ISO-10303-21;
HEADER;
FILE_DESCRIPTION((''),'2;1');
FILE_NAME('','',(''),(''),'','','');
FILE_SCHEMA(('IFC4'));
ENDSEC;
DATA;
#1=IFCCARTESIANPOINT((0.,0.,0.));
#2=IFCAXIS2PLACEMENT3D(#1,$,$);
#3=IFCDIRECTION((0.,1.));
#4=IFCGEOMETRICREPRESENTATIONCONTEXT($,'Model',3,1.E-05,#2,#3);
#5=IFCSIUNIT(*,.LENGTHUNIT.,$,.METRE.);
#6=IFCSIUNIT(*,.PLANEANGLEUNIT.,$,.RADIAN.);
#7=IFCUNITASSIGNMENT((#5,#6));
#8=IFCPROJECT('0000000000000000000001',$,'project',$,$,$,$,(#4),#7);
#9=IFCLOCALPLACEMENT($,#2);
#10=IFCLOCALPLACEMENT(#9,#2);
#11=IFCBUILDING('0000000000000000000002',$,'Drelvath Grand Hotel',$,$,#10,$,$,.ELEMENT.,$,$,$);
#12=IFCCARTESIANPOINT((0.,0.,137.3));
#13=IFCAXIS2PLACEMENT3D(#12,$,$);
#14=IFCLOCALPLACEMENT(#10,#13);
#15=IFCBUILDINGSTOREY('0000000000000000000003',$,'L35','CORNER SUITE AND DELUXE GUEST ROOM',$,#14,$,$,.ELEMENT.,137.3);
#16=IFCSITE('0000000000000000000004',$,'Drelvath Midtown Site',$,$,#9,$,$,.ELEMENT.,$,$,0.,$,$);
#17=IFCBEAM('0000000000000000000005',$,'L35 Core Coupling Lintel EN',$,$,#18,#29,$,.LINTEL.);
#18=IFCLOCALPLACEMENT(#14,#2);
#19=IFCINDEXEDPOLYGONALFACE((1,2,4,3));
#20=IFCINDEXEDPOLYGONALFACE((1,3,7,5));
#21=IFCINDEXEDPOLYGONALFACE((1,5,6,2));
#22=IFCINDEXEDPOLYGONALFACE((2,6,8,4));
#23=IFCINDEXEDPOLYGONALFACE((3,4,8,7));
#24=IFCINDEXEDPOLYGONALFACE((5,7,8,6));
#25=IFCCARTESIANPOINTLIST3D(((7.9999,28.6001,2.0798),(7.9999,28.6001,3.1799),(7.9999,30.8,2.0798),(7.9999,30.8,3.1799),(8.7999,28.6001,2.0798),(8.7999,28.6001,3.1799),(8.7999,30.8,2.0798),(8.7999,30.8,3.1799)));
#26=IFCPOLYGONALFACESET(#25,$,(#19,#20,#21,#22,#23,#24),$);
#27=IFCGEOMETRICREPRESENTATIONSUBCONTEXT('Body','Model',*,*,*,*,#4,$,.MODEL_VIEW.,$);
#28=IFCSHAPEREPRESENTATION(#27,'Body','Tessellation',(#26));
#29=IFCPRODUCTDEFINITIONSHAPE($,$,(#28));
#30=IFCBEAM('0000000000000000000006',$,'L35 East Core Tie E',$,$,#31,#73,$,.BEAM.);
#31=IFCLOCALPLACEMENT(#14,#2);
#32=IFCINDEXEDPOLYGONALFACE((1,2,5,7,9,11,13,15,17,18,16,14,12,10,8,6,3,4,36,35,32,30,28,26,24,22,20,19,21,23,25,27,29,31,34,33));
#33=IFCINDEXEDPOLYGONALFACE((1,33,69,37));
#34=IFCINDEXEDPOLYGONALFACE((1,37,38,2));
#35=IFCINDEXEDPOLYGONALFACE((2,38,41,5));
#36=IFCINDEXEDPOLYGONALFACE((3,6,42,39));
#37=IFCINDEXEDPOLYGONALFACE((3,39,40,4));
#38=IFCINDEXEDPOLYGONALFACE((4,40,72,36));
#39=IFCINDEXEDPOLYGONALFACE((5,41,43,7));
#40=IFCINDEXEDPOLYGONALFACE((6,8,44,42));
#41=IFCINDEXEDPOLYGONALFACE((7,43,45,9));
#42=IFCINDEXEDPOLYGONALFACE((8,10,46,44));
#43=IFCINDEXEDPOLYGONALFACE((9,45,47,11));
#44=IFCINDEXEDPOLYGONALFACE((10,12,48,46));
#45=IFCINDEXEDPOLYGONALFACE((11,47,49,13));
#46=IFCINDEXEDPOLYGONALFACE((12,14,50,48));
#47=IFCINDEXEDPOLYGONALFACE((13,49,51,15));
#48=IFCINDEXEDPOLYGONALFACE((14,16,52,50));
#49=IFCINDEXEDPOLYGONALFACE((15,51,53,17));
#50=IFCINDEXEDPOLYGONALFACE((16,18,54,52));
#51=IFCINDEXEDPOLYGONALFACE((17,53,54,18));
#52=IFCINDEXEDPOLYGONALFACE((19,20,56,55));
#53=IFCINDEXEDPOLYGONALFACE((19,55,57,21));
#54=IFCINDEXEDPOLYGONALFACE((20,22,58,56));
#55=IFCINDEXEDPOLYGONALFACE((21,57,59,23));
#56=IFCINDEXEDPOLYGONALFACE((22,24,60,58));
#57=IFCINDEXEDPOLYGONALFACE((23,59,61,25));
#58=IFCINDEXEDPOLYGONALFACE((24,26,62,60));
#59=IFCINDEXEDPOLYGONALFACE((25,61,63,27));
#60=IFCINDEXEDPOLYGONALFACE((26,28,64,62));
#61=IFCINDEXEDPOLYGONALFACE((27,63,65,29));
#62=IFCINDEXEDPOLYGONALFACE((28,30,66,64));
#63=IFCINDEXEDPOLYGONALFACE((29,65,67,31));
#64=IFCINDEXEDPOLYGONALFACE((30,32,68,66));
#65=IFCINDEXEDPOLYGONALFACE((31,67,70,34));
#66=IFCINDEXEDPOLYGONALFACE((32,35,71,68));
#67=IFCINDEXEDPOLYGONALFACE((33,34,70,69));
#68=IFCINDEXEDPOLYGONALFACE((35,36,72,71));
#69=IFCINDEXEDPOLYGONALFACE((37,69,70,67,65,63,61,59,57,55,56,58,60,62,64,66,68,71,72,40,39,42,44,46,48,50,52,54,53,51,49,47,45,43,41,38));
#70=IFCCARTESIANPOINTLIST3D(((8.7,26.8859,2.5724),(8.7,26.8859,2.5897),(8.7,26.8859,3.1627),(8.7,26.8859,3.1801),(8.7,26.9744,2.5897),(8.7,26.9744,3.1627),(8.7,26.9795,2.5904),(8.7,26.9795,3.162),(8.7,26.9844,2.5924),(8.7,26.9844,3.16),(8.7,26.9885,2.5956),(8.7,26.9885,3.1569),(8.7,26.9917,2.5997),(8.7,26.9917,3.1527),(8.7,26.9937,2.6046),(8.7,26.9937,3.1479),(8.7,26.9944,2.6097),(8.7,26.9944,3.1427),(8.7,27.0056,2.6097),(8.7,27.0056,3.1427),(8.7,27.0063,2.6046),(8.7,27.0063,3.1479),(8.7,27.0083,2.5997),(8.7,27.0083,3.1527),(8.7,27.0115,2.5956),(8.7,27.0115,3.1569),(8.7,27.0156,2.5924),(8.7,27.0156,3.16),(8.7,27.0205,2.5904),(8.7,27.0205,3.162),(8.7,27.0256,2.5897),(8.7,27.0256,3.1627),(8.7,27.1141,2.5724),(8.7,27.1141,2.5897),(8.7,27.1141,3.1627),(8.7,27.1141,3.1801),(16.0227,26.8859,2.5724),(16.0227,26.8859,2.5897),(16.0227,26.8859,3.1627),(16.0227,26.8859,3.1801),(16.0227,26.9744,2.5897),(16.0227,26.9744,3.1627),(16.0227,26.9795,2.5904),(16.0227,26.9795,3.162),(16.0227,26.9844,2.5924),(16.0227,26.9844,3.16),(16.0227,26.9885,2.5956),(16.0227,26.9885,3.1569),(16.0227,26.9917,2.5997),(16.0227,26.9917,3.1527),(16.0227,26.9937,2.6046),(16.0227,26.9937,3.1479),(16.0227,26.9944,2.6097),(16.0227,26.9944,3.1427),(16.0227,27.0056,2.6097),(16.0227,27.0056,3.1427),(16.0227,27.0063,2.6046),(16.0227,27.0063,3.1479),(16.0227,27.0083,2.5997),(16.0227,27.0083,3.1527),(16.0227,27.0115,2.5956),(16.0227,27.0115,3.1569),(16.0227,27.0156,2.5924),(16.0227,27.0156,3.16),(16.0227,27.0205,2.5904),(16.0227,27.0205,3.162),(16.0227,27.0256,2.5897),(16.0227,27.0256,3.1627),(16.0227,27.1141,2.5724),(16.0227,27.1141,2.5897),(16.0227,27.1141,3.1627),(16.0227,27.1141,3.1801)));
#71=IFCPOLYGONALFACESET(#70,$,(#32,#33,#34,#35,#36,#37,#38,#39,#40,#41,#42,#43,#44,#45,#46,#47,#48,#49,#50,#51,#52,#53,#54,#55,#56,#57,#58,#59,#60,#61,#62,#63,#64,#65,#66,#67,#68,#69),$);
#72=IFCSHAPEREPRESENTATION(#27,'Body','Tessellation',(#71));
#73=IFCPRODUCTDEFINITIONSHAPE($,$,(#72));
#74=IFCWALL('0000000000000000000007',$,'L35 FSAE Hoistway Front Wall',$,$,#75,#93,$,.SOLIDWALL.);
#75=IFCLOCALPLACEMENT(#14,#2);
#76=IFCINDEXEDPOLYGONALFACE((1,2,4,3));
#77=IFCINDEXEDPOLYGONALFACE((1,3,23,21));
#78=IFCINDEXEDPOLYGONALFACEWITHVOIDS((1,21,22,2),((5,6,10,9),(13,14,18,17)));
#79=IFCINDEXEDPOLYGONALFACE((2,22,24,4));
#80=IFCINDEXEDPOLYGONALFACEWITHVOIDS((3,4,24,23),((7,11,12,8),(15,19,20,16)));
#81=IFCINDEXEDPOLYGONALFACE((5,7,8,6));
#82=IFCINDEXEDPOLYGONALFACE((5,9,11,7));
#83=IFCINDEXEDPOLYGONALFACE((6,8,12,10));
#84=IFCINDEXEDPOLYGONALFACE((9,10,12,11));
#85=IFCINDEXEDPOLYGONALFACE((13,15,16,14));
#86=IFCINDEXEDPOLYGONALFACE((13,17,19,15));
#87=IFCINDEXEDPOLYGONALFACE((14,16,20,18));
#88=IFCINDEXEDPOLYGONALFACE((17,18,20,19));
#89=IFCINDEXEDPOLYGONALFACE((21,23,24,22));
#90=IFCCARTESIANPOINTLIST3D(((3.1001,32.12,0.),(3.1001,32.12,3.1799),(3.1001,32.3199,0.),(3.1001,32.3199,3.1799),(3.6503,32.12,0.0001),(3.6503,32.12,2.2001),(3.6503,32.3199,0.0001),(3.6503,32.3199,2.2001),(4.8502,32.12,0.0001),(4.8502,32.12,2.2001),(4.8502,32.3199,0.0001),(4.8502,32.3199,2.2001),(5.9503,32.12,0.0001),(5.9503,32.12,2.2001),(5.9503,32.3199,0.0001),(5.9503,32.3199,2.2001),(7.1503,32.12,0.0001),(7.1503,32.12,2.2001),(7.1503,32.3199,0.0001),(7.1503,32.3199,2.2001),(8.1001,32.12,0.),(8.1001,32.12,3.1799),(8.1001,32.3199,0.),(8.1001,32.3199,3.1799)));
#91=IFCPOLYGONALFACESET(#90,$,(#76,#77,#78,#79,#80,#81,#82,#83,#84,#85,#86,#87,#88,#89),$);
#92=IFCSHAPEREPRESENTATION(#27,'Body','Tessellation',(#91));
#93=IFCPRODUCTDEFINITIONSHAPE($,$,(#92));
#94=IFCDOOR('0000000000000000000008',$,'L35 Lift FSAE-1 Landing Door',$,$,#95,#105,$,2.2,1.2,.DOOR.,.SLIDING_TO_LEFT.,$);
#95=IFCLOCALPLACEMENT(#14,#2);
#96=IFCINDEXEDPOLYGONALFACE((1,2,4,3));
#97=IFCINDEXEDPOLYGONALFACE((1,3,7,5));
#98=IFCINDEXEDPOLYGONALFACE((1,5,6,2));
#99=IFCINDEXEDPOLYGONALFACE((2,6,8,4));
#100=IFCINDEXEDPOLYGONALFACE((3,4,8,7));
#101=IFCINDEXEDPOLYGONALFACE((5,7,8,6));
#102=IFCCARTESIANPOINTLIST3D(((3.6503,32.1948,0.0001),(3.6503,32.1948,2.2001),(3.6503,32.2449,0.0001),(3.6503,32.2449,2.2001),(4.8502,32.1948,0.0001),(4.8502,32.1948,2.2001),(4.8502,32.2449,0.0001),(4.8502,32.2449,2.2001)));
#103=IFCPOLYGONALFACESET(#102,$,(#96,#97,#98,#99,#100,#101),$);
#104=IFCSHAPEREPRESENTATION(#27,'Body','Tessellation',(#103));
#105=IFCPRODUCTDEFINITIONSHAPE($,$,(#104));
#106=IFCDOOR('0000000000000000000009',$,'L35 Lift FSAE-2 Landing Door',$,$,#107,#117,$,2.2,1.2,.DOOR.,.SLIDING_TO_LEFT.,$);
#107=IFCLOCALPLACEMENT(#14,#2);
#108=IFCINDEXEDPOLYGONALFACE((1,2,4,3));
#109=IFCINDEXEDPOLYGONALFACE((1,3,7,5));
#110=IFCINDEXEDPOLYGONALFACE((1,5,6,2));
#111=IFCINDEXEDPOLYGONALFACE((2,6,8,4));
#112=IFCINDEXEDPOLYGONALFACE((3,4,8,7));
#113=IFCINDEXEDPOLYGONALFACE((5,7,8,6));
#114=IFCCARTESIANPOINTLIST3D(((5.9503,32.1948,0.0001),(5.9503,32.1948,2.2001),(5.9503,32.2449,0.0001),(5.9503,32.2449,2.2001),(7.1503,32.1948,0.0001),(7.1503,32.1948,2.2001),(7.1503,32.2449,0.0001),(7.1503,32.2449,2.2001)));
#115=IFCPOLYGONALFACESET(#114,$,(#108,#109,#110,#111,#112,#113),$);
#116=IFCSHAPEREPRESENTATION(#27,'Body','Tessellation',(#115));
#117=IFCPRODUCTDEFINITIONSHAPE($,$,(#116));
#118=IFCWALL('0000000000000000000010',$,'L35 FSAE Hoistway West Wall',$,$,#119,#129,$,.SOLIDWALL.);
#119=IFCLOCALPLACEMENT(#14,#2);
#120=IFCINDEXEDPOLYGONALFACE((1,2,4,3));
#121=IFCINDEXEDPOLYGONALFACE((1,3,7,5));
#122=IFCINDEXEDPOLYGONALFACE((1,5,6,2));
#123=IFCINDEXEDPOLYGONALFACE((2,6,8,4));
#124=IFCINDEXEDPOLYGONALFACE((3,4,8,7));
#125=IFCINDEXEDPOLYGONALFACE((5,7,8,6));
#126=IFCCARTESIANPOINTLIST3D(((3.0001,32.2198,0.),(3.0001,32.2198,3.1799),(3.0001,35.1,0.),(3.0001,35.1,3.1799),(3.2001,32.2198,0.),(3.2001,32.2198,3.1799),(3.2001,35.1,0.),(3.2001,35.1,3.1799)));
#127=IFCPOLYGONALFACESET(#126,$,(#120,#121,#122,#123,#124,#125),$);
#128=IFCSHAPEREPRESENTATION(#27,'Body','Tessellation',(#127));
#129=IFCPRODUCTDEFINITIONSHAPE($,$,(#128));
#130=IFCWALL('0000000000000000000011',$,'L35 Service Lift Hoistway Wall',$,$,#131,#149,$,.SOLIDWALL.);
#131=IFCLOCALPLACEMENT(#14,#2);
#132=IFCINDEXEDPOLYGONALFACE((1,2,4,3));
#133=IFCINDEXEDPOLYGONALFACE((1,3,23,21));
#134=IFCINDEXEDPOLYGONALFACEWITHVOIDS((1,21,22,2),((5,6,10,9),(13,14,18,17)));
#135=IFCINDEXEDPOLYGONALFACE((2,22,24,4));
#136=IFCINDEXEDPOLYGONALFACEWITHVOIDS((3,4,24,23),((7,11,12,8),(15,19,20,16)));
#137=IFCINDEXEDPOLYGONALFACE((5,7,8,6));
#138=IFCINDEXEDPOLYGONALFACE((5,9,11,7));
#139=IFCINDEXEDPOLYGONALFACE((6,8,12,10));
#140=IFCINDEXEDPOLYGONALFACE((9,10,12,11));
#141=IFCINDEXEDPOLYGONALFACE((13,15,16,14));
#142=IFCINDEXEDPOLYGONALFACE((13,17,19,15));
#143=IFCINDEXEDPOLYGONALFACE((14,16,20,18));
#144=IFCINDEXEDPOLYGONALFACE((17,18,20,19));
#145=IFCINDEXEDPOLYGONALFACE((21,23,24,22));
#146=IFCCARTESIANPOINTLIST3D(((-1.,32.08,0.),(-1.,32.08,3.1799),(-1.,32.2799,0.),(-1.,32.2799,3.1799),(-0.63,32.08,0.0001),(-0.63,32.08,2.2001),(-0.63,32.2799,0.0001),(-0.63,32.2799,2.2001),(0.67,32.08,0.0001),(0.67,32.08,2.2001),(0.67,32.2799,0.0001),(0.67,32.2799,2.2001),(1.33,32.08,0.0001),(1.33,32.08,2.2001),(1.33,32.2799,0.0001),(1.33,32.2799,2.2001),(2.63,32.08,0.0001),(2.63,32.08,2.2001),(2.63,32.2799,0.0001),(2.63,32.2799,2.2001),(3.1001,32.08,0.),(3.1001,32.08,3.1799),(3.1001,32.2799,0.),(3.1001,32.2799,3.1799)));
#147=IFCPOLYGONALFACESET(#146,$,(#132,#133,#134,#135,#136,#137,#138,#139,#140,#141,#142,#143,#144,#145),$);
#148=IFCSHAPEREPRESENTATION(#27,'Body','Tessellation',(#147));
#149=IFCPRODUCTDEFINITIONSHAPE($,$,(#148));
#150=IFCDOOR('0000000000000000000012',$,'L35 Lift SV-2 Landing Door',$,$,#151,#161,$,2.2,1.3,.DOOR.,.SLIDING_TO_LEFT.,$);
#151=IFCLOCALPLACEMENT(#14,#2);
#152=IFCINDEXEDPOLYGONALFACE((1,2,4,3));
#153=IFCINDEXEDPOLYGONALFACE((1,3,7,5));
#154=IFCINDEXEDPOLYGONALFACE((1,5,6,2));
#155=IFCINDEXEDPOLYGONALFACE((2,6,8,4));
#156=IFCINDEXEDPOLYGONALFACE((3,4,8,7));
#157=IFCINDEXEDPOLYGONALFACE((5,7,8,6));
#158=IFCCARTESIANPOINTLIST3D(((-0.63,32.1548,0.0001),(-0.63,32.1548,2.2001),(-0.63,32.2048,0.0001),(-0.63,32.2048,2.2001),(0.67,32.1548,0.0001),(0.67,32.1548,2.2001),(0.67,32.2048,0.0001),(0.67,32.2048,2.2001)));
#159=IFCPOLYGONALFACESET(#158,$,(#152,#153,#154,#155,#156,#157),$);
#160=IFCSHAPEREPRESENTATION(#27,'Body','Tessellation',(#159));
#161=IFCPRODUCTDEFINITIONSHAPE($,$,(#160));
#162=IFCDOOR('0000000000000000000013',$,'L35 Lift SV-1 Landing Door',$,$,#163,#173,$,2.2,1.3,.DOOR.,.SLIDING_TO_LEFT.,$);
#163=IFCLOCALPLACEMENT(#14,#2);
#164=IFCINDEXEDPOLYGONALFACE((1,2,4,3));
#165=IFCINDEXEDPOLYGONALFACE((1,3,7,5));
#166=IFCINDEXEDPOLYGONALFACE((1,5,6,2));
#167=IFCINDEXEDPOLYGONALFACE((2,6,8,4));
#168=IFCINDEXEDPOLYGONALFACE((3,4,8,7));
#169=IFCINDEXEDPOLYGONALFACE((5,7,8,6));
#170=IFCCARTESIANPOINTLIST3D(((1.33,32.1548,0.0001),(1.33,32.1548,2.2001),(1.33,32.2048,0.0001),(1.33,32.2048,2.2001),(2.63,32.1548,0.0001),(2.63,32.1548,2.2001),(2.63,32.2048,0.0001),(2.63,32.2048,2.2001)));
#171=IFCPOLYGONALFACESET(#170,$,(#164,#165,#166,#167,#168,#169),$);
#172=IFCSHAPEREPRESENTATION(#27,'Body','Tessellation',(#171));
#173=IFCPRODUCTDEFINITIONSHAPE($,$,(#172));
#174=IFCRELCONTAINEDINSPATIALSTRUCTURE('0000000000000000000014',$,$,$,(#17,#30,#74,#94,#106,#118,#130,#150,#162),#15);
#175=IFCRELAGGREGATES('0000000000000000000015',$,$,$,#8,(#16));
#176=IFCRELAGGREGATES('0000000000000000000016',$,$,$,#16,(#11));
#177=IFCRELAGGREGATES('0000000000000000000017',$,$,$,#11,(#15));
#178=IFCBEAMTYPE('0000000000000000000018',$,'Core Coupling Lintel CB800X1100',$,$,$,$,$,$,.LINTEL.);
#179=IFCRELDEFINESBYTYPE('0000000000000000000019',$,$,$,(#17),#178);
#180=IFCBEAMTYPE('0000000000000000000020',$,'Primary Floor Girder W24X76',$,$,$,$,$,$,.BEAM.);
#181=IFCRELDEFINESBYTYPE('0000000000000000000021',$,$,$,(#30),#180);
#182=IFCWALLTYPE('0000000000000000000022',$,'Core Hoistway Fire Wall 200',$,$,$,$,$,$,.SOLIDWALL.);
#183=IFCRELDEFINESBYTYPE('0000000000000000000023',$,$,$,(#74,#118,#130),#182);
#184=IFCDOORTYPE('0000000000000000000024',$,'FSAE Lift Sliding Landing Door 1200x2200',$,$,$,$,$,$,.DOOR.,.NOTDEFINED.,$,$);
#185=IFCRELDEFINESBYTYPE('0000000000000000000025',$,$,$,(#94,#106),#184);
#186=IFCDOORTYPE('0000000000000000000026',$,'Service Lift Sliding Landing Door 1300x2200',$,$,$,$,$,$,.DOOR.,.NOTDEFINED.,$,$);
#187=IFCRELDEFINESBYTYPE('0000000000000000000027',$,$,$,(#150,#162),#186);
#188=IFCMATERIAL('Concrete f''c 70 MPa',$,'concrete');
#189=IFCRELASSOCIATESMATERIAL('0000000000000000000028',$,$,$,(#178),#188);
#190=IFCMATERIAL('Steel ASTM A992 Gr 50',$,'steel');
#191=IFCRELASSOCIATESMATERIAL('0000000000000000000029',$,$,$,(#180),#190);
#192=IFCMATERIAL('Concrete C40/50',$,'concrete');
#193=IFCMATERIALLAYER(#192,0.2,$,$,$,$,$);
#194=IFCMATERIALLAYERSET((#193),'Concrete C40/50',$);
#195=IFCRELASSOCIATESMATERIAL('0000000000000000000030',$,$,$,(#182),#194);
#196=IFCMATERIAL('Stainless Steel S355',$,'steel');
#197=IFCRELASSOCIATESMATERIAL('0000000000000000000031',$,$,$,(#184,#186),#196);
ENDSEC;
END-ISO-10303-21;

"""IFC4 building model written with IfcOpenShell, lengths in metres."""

from ifc_helpers import new_model, si_unit, direction, frame, frame_2d, origin, origin_2d, place, context, subcontext, project, spatial, rectangle, i_section, extrude, material, layer, layer_set, material_profile, profile_set, type_object, element, fill, save


model = new_model("IFC4")

# Units and contexts
model_context = context("Model", 3, precision=1e-05, world=origin(), true_north=direction((0.0, 1.0)))
body_context = subcontext(model_context, "Body", "Model", "MODEL_VIEW")
ifc_project = project(units=[si_unit("LENGTHUNIT", "METRE"), si_unit("PLANEANGLEUNIT", "RADIAN")], contexts=[model_context])

# Site, building, storey
site_placement = place(None, origin())
site = spatial("IfcSite", under=ifc_project, at=site_placement, Name="Drelvath Midtown Site", CompositionType="ELEMENT", RefElevation=0.0)
building_placement = place(site_placement, origin())
building = spatial("IfcBuilding", under=site, at=building_placement, Name="Drelvath Grand Hotel", CompositionType="ELEMENT")
storey_placement = place(building_placement, frame((0.0, 0.0, 137.3)))
storey = spatial("IfcBuildingStorey", under=building, at=storey_placement, Name="L35", Description="CORNER SUITE AND DELUXE GUEST ROOM", CompositionType="ELEMENT", Elevation=137.3)

# Beams
ifc_material_1 = material(Name="Concrete f'c 70 MPa", Category="concrete")
ifc_material_profile_1 = material_profile(ifc_material_1, rectangle(XDim=0.8, YDim=1.1001, at=origin_2d()), Name="CB800X1100")
ifc_profile_set_1 = profile_set([ifc_material_profile_1], Name="Concrete f'c 70 MPa")
beam_type_1 = type_object("IfcBeamType", Name="Core Coupling Lintel CB800X1100", PredefinedType="LINTEL", material=ifc_profile_set_1)
beam_1_placement = place(storey_placement, frame((8.3999, 28.6001, 2.6299), z_axis=(0.0, 1.0, 0.0), x_axis=(-1.0, 0.0, 0.0)))
element("IfcBeam", 1, at=beam_1_placement, inside=storey, type_object=beam_type_1, Name="L35 Core Coupling Lintel EN", PredefinedType="LINTEL", context=body_context, shape_type="SweptSolid", body=[
    extrude(rectangle(XDim=0.8, YDim=1.1001, at=origin_2d()), origin(), (0.0, 0.0, 1.0), 2.2),
])
ifc_material_2 = material(Name="Steel ASTM A992 Gr 50", Category="steel")
ifc_material_profile_2 = material_profile(ifc_material_2, i_section(OverallWidth=0.2283, OverallDepth=0.6077, WebThickness=0.0112, FlangeThickness=0.0173, FilletRadius=0.02, at=origin_2d()), Name="W24X76")
ifc_profile_set_2 = profile_set([ifc_material_profile_2], Name="Steel ASTM A992 Gr 50")
beam_type_2 = type_object("IfcBeamType", Name="Primary Floor Girder W24X76", PredefinedType="BEAM", material=ifc_profile_set_2)
beam_2_placement = place(storey_placement, frame((8.7, 27.0, 2.8762), z_axis=(1.0, 0.0, 0.0), x_axis=(0.0, 1.0, 0.0)))
element("IfcBeam", 2, at=beam_2_placement, inside=storey, type_object=beam_type_2, Name="L35 East Core Tie E", PredefinedType="BEAM", context=body_context, shape_type="SweptSolid", body=[
    extrude(i_section(OverallWidth=0.2283, OverallDepth=0.6077, WebThickness=0.0112, FlangeThickness=0.0173, FilletRadius=0.02, at=origin_2d()), origin(), (0.0, 0.0, 1.0), 7.3228),
])

# Wall, openings, doors
ifc_material_3 = material(Name="Concrete C40/50", Category="concrete")
ifc_layer_1 = layer(ifc_material_3, 0.2)
ifc_layer_set_1 = layer_set([ifc_layer_1], Name="Concrete C40/50")
wall_type_1 = type_object("IfcWallType", Name="Core Hoistway Fire Wall 200", PredefinedType="SOLIDWALL", material=ifc_layer_set_1)
wall_1_placement = place(storey_placement, frame((3.1001, 32.22, 0.0), z_axis=(0.0, 0.0, 1.0), x_axis=(1.0, 0.0, 0.0)))
wall_1 = element("IfcWall", 3, at=wall_1_placement, inside=storey, type_object=wall_type_1, Name="L35 FSAE Hoistway Front Wall", PredefinedType="SOLIDWALL", context=body_context, shape_type="SweptSolid", body=[
    extrude(rectangle(XDim=5.0, YDim=0.2, at=frame_2d((2.5, 0.0))), origin(), (0.0, 0.0, 1.0), 3.1799),
])
opening_1_placement = place(wall_1_placement, frame((0.55, 0.0, 0.0)))
opening_1 = element("IfcOpeningElement", 4, at=opening_1_placement, cuts=wall_1, PredefinedType="OPENING", context=body_context, shape_type="SweptSolid", body=[
    extrude(rectangle(XDim=1.2, YDim=2.2, at=frame_2d((0.6001, 1.1001))), frame((0.0, 0.1099, 0.0), z_axis=(0.0, -1.0, 0.0), x_axis=(1.0, 0.0, 0.0)), (0.0, 0.0, 1.0), 0.22),
])
opening_2_placement = place(wall_1_placement, frame((2.8501, 0.0, 0.0)))
opening_2 = element("IfcOpeningElement", 5, at=opening_2_placement, cuts=wall_1, PredefinedType="OPENING", context=body_context, shape_type="SweptSolid", body=[
    extrude(rectangle(XDim=1.2, YDim=2.2, at=frame_2d((0.6001, 1.1001))), frame((0.0, 0.1099, 0.0), z_axis=(0.0, -1.0, 0.0), x_axis=(1.0, 0.0, 0.0)), (0.0, 0.0, 1.0), 0.22),
])
ifc_material_4 = material(Name="Stainless Steel S355", Category="steel")
door_type_1 = type_object("IfcDoorType", Name="FSAE Lift Sliding Landing Door 1200x2200", OperationType="NOTDEFINED", PredefinedType="DOOR", material=ifc_material_4)
door_1_placement = place(opening_1_placement, origin())
door_1 = element("IfcDoor", 6, at=door_1_placement, inside=storey, type_object=door_type_1, Name="L35 Lift FSAE-1 Landing Door", OperationType="SLIDING_TO_LEFT", OverallHeight=2.2, OverallWidth=1.2, PredefinedType="DOOR", context=body_context, shape_type="SweptSolid", body=[
    extrude(rectangle(XDim=1.2, YDim=2.2, at=frame_2d((0.6001, 1.1001))), frame((0.0, 0.0249, 0.0), z_axis=(0.0, -1.0, 0.0), x_axis=(1.0, 0.0, 0.0)), (0.0, 0.0, 1.0), 0.05),
])
fill(opening_1, door_1)
door_2_placement = place(opening_2_placement, origin())
door_2 = element("IfcDoor", 7, at=door_2_placement, inside=storey, type_object=door_type_1, Name="L35 Lift FSAE-2 Landing Door", OperationType="SLIDING_TO_LEFT", OverallHeight=2.2, OverallWidth=1.2, PredefinedType="DOOR", context=body_context, shape_type="SweptSolid", body=[
    extrude(rectangle(XDim=1.2, YDim=2.2, at=frame_2d((0.6001, 1.1001))), frame((0.0, 0.0249, 0.0), z_axis=(0.0, -1.0, 0.0), x_axis=(1.0, 0.0, 0.0)), (0.0, 0.0, 1.0), 0.05),
])
fill(opening_2, door_2)

# Wall
wall_2_placement = place(storey_placement, frame((3.1001, 32.22, 0.0), z_axis=(0.0, 0.0, 1.0), x_axis=(0.0, 1.0, 0.0)))
element("IfcWall", 8, at=wall_2_placement, inside=storey, type_object=wall_type_1, Name="L35 FSAE Hoistway West Wall", PredefinedType="SOLIDWALL", context=body_context, shape_type="SweptSolid", body=[
    extrude(rectangle(XDim=2.8801, YDim=0.2, at=frame_2d((1.4399, 0.0))), origin(), (0.0, 0.0, 1.0), 3.1799),
])

# Wall, openings, doors
wall_3_placement = place(storey_placement, frame((-1.0, 32.1799, 0.0), z_axis=(0.0, 0.0, 1.0), x_axis=(1.0, 0.0, 0.0)))
wall_3 = element("IfcWall", 9, at=wall_3_placement, inside=storey, type_object=wall_type_1, Name="L35 Service Lift Hoistway Wall", PredefinedType="SOLIDWALL", context=body_context, shape_type="SweptSolid", body=[
    extrude(rectangle(XDim=4.1001, YDim=0.2, at=frame_2d((2.05, 0.0))), origin(), (0.0, 0.0, 1.0), 3.1799),
])
opening_3_placement = place(wall_3_placement, frame((0.3701, 0.0, 0.0)))
opening_3 = element("IfcOpeningElement", 10, at=opening_3_placement, cuts=wall_3, PredefinedType="OPENING", context=body_context, shape_type="SweptSolid", body=[
    extrude(rectangle(XDim=1.3, YDim=2.2, at=frame_2d((0.6499, 1.1001))), frame((0.0, 0.1099, 0.0), z_axis=(0.0, -1.0, 0.0), x_axis=(1.0, 0.0, 0.0)), (0.0, 0.0, 1.0), 0.22),
])
opening_4_placement = place(wall_3_placement, frame((2.3301, 0.0, 0.0)))
opening_4 = element("IfcOpeningElement", 11, at=opening_4_placement, cuts=wall_3, PredefinedType="OPENING", context=body_context, shape_type="SweptSolid", body=[
    extrude(rectangle(XDim=1.3, YDim=2.2, at=frame_2d((0.6499, 1.1001))), frame((0.0, 0.1099, 0.0), z_axis=(0.0, -1.0, 0.0), x_axis=(1.0, 0.0, 0.0)), (0.0, 0.0, 1.0), 0.22),
])
door_type_2 = type_object("IfcDoorType", Name="Service Lift Sliding Landing Door 1300x2200", OperationType="NOTDEFINED", PredefinedType="DOOR", material=ifc_material_4)
door_3_placement = place(opening_3_placement, origin())
door_3 = element("IfcDoor", 12, at=door_3_placement, inside=storey, type_object=door_type_2, Name="L35 Lift SV-2 Landing Door", OperationType="SLIDING_TO_LEFT", OverallHeight=2.2, OverallWidth=1.3, PredefinedType="DOOR", context=body_context, shape_type="SweptSolid", body=[
    extrude(rectangle(XDim=1.3, YDim=2.2, at=frame_2d((0.6499, 1.1001))), frame((0.0, 0.0249, 0.0), z_axis=(0.0, -1.0, 0.0), x_axis=(1.0, 0.0, 0.0)), (0.0, 0.0, 1.0), 0.05),
])
fill(opening_3, door_3)
door_4_placement = place(opening_4_placement, origin())
door_4 = element("IfcDoor", 13, at=door_4_placement, inside=storey, type_object=door_type_2, Name="L35 Lift SV-1 Landing Door", OperationType="SLIDING_TO_LEFT", OverallHeight=2.2, OverallWidth=1.3, PredefinedType="DOOR", context=body_context, shape_type="SweptSolid", body=[
    extrude(rectangle(XDim=1.3, YDim=2.2, at=frame_2d((0.6499, 1.1001))), frame((0.0, 0.0249, 0.0), z_axis=(0.0, -1.0, 0.0), x_axis=(1.0, 0.0, 0.0)), (0.0, 0.0, 1.0), 0.05),
])
fill(opening_4, door_4)

save(model, "model.ifc")
